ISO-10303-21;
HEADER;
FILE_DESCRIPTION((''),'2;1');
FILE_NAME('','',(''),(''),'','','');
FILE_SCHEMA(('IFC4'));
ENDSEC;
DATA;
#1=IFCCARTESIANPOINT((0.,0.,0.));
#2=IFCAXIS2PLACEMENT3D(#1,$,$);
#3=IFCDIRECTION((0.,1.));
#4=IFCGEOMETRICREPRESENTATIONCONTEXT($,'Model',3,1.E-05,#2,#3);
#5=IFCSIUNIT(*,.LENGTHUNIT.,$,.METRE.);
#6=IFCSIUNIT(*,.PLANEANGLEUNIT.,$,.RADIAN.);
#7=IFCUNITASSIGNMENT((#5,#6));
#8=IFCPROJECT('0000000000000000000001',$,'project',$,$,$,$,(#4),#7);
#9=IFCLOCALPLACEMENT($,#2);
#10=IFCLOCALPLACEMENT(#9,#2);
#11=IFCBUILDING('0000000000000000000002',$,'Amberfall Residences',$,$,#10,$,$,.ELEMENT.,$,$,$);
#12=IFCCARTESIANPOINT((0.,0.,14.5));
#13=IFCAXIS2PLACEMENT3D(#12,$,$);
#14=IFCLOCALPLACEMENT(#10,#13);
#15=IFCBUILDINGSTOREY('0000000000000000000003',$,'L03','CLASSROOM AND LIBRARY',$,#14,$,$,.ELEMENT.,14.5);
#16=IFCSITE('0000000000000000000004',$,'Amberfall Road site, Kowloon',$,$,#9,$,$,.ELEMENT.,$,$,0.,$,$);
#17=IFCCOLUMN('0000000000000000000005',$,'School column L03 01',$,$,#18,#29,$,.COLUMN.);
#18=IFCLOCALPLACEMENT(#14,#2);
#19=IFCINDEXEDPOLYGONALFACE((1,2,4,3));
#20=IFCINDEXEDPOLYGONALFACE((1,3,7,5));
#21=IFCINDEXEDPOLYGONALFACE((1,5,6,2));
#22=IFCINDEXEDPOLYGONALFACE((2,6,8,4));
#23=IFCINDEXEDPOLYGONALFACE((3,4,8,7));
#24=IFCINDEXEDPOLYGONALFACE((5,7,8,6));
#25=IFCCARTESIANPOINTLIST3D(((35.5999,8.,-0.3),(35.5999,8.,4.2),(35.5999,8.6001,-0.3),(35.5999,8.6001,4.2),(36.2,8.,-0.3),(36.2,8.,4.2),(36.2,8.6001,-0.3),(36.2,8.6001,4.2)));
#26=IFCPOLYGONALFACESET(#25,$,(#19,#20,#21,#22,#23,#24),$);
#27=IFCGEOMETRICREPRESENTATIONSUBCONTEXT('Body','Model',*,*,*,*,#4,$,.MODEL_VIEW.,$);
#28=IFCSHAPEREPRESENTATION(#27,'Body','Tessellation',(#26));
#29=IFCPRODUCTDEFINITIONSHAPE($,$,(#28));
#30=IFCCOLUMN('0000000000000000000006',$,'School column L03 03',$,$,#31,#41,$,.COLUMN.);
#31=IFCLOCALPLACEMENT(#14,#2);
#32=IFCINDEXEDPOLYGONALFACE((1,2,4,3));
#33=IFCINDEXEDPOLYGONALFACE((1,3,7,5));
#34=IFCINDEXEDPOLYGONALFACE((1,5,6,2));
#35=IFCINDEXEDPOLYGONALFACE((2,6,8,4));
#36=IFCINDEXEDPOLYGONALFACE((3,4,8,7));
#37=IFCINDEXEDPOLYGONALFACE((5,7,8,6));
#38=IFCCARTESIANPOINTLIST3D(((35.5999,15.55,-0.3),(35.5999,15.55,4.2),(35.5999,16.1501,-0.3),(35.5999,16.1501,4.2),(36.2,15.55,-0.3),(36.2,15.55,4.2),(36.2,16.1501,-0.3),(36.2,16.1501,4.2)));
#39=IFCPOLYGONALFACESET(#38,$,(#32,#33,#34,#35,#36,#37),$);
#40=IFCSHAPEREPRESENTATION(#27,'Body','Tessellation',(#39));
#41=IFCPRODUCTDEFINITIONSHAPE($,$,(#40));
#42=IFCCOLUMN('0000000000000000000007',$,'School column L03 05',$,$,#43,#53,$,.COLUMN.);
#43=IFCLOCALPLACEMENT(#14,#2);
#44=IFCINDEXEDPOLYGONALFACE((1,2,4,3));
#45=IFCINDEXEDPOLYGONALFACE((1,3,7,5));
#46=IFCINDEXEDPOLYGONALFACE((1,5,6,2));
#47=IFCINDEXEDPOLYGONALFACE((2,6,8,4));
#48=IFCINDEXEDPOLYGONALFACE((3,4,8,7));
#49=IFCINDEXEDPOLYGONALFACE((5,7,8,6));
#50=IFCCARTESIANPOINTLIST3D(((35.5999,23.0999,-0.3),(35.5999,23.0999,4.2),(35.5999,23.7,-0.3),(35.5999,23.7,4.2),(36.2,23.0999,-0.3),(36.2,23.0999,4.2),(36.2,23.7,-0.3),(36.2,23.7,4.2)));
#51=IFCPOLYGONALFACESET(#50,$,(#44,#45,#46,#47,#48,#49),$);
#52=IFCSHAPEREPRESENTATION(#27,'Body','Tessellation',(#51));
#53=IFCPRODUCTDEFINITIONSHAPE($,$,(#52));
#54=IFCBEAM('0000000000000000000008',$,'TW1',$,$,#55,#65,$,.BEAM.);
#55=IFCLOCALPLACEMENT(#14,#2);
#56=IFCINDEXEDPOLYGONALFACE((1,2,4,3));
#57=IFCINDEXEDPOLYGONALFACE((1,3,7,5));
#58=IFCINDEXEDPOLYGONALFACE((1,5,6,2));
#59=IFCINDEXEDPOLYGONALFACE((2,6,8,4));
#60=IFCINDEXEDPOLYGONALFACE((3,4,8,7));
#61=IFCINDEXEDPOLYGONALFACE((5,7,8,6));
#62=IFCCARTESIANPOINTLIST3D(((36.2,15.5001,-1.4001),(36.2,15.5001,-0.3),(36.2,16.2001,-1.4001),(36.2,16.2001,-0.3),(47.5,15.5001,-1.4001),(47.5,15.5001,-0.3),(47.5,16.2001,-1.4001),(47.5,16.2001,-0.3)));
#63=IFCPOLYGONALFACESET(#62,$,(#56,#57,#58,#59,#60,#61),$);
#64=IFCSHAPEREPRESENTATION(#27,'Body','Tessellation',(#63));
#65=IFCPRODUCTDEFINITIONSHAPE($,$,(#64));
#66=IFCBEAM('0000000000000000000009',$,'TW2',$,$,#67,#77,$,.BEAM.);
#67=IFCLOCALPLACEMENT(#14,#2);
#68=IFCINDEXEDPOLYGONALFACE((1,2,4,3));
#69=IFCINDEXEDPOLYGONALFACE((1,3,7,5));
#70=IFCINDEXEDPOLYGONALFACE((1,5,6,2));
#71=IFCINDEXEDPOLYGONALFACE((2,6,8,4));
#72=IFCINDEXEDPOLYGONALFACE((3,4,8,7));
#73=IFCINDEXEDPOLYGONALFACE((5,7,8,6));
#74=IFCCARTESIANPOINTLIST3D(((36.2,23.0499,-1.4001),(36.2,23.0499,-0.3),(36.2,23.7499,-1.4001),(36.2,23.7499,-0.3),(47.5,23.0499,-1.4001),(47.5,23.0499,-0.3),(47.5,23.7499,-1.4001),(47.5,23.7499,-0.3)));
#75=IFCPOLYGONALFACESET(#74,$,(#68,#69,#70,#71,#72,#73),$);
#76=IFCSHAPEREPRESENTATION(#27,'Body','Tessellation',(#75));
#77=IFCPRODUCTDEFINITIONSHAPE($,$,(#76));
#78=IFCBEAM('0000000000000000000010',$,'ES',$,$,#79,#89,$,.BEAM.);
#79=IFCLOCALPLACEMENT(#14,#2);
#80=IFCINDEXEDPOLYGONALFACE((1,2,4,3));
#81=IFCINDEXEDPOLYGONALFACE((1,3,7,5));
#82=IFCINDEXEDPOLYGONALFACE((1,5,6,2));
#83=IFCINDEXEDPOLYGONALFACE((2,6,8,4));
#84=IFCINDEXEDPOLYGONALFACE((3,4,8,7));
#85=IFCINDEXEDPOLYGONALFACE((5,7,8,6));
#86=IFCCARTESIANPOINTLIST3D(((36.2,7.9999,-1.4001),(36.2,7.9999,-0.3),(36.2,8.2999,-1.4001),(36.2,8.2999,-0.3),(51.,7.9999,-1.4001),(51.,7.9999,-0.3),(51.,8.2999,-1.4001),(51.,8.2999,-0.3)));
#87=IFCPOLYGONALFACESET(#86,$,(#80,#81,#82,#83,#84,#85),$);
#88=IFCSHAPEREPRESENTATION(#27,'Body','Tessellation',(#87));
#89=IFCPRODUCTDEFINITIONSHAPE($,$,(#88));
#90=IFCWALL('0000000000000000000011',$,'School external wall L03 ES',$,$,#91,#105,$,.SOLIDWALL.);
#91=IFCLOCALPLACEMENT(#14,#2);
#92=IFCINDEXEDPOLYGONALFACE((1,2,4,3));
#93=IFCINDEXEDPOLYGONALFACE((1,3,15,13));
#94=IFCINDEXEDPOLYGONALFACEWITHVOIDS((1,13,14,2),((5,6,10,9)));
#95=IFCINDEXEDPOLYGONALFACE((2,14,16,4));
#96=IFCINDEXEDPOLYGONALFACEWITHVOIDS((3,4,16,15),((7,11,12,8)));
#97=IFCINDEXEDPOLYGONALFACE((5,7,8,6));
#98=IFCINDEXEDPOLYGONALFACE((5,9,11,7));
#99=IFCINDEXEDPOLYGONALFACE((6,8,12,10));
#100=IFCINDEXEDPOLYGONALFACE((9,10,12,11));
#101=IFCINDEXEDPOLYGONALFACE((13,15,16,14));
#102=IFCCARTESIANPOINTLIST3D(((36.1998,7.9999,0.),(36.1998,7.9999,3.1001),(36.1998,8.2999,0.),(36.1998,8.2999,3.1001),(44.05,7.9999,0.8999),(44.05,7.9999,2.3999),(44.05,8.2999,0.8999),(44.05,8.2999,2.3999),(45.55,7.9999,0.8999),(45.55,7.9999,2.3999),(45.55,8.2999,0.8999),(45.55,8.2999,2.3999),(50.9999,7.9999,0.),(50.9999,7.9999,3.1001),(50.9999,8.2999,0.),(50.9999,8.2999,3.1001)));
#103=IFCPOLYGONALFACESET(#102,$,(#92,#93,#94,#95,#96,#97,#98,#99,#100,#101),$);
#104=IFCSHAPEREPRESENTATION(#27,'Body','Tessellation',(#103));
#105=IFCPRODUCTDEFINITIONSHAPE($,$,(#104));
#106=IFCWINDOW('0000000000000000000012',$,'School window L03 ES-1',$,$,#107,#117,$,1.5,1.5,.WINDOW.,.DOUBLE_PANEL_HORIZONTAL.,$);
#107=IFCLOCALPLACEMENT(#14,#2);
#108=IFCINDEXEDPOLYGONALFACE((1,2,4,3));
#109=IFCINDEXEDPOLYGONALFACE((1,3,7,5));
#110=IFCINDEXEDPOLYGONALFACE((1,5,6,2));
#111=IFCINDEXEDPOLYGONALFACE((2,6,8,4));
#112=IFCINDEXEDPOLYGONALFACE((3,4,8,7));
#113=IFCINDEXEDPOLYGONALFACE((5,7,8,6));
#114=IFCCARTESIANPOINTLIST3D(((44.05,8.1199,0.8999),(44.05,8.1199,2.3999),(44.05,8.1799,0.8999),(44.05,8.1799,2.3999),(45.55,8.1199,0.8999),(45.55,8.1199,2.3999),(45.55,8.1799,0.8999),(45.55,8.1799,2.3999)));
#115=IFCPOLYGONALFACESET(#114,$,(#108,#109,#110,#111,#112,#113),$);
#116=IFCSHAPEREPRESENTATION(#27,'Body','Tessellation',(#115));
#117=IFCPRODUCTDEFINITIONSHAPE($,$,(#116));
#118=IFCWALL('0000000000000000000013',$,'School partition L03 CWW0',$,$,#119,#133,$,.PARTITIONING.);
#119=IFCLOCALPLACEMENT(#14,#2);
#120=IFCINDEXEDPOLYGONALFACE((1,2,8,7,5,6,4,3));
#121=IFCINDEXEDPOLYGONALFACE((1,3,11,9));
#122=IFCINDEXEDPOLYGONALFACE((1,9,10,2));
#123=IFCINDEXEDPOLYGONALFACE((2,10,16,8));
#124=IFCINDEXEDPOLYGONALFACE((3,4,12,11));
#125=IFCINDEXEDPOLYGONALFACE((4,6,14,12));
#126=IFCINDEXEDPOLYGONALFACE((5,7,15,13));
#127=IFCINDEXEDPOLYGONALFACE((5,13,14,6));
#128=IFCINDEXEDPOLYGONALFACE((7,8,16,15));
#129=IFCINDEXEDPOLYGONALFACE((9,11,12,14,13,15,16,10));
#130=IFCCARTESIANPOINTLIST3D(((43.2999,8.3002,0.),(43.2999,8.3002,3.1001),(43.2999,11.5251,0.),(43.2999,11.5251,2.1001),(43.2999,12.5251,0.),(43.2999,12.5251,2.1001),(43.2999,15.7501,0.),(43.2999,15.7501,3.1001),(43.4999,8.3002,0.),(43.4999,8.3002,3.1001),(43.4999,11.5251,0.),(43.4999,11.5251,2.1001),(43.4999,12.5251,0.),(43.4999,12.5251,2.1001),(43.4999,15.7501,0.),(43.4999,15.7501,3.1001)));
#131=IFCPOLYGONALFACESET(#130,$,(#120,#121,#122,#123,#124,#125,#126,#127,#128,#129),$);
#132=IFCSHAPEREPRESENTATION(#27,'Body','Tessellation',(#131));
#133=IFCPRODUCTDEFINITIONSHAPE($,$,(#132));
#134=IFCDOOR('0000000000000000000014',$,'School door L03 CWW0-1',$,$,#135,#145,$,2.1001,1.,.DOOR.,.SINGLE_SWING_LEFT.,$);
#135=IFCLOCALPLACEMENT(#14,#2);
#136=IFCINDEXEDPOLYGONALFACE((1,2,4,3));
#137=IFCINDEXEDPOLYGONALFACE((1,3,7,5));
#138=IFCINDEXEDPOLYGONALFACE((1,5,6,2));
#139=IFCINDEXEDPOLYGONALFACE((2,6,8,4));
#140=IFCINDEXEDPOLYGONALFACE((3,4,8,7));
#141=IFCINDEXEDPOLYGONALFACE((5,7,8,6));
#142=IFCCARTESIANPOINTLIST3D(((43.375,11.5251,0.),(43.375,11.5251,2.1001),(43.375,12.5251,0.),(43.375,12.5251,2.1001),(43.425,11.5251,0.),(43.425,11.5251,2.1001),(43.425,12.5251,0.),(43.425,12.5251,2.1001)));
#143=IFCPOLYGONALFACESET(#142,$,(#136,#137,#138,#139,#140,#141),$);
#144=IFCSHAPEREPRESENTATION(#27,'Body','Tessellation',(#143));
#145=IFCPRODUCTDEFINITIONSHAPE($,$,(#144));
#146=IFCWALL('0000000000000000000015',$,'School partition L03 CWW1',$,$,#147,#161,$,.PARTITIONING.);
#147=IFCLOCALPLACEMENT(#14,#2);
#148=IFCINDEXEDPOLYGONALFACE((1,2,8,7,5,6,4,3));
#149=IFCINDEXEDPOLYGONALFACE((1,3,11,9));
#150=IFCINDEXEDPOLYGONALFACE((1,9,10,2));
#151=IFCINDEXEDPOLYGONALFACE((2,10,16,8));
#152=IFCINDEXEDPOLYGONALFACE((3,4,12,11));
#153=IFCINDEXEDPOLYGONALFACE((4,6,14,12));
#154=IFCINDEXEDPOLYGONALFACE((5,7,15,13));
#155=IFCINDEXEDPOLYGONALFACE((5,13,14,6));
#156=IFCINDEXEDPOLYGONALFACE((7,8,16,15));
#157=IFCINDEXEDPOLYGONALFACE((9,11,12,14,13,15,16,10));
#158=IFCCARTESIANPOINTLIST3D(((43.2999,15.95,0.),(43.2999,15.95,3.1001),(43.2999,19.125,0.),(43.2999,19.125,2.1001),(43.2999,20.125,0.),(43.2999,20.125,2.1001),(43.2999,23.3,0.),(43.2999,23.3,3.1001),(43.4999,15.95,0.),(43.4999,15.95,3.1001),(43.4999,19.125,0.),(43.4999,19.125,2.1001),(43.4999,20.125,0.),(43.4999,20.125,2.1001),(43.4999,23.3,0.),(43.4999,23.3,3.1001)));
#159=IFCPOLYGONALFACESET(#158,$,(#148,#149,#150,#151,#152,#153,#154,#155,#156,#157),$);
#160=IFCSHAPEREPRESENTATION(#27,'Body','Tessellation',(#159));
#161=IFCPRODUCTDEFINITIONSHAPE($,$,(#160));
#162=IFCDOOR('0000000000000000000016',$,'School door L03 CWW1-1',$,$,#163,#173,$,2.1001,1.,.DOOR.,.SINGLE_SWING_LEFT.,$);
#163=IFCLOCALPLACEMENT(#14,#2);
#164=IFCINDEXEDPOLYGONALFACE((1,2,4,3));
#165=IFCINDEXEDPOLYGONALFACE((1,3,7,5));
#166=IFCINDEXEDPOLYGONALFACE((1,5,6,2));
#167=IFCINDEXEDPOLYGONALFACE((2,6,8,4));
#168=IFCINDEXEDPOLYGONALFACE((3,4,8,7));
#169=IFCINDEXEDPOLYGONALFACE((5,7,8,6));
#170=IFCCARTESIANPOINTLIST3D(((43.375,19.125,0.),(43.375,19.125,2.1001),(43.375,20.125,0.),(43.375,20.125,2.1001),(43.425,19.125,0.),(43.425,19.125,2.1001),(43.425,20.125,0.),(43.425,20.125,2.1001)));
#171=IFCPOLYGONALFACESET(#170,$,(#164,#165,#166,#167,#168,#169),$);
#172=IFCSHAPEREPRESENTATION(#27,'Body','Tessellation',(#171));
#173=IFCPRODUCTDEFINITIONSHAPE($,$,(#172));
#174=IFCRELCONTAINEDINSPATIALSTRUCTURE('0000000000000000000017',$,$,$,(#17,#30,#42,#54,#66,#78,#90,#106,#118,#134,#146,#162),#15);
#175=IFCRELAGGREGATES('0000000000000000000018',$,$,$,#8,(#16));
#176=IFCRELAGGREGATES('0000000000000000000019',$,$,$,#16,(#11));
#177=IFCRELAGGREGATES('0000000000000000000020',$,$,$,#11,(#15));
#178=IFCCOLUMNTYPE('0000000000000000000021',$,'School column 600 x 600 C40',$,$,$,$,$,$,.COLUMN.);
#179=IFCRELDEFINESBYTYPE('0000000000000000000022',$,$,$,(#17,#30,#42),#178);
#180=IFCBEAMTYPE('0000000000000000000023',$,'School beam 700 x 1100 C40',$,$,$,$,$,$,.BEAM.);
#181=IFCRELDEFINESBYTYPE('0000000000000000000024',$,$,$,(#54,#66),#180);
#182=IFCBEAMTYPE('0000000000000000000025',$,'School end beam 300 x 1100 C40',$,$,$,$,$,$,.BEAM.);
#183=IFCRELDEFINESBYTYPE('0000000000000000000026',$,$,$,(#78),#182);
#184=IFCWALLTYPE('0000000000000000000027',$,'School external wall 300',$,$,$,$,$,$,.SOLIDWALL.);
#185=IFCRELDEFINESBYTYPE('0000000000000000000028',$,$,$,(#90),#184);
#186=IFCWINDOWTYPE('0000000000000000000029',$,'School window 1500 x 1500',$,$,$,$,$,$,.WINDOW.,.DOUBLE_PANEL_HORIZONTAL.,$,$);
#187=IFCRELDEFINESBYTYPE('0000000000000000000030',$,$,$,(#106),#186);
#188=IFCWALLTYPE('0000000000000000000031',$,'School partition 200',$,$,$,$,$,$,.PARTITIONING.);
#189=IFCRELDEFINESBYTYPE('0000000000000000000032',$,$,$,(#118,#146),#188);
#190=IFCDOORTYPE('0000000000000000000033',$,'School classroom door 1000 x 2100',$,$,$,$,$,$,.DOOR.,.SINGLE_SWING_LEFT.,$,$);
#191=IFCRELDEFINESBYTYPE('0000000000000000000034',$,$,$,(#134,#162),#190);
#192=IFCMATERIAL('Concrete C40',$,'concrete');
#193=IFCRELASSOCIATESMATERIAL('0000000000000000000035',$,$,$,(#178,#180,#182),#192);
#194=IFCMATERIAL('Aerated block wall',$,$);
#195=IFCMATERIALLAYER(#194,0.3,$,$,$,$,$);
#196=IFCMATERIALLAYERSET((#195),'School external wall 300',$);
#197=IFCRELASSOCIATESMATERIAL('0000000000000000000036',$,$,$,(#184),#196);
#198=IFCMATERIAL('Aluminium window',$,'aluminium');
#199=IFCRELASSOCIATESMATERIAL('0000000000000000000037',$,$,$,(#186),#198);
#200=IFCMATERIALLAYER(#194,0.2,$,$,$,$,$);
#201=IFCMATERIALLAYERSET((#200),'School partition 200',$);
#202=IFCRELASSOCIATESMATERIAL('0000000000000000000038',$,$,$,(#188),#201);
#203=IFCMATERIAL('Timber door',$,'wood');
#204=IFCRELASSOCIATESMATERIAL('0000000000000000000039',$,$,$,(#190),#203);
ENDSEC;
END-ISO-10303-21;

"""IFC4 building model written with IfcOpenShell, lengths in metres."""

from ifc_helpers import new_model, si_unit, direction, frame, frame_2d, origin, origin_2d, place, context, subcontext, project, spatial, rectangle, extrude, material, layer, layer_set, material_profile, profile_set, type_object, element, fill, save


model = new_model("IFC4")

# Units and contexts
model_context = context("Model", 3, precision=1e-05, world=origin(), true_north=direction((0.0, 1.0)))
body_context = subcontext(model_context, "Body", "Model", "MODEL_VIEW")
ifc_project = project(units=[si_unit("LENGTHUNIT", "METRE"), si_unit("PLANEANGLEUNIT", "RADIAN")], contexts=[model_context])

# Site, building, storey
site_placement = place(None, origin())
site = spatial("IfcSite", under=ifc_project, at=site_placement, Name="Amberfall Road site, Kowloon", CompositionType="ELEMENT", RefElevation=0.0)
building_placement = place(site_placement, origin())
building = spatial("IfcBuilding", under=site, at=building_placement, Name="Amberfall Residences", CompositionType="ELEMENT")
storey_placement = place(building_placement, frame((0.0, 0.0, 14.5)))
storey = spatial("IfcBuildingStorey", under=building, at=storey_placement, Name="L03", Description="CLASSROOM AND LIBRARY", CompositionType="ELEMENT", Elevation=14.5)

# Columns
ifc_material_1 = material(Name="Concrete C40", Category="concrete")
ifc_material_profile_1 = material_profile(ifc_material_1, rectangle(XDim=0.6001, YDim=0.6001, at=origin_2d()), Name="School column 600 x 600 C40")
ifc_profile_set_1 = profile_set([ifc_material_profile_1], Name="Concrete C40")
column_type = type_object("IfcColumnType", Name="School column 600 x 600 C40", PredefinedType="COLUMN", material=ifc_profile_set_1)
for number, where, z_axis, x_axis, name in (
    (1, (35.8999, 8.3, -0.3), (0.0, 0.0, 1.0), (1.0, 0.0, 0.0), "School column L03 01"),
    (2, (35.8999, 15.8501, -0.3), (0.0, 0.0, 1.0), (1.0, 0.0, 0.0), "School column L03 03"),
    (3, (35.8999, 23.3999, -0.3), (0.0, 0.0, 1.0), (1.0, 0.0, 0.0), "School column L03 05"),
):
    element("IfcColumn", number, at=place(storey_placement, frame(where, z_axis=z_axis, x_axis=x_axis)), inside=storey, type_object=column_type, Name=name, PredefinedType="COLUMN", context=body_context, shape_type="SweptSolid", body=[
        extrude(rectangle(XDim=0.6001, YDim=0.6001, at=origin_2d()), origin(), (0.0, 0.0, 1.0), 4.5),
    ])

# Beams
ifc_material_profile_2 = material_profile(ifc_material_1, rectangle(XDim=0.7, YDim=1.1001, at=origin_2d()), Name="School beam 700 x 1100 C40")
ifc_profile_set_2 = profile_set([ifc_material_profile_2], Name="Concrete C40")
beam_type_1 = type_object("IfcBeamType", Name="School beam 700 x 1100 C40", PredefinedType="BEAM", material=ifc_profile_set_2)
for number, where, z_axis, x_axis, name in (
    (4, (36.2, 15.8501, -0.8501), (1.0, 0.0, 0.0), (0.0, 1.0, 0.0), "TW1"),
    (5, (36.2, 23.3999, -0.8501), (1.0, 0.0, 0.0), (0.0, 1.0, 0.0), "TW2"),
):
    element("IfcBeam", number, at=place(storey_placement, frame(where, z_axis=z_axis, x_axis=x_axis)), inside=storey, type_object=beam_type_1, Name=name, PredefinedType="BEAM", context=body_context, shape_type="SweptSolid", body=[
        extrude(rectangle(XDim=0.7, YDim=1.1001, at=origin_2d()), origin(), (0.0, 0.0, 1.0), 11.3),
    ])
ifc_material_profile_3 = material_profile(ifc_material_1, rectangle(XDim=0.3, YDim=1.1001, at=origin_2d()), Name="School end beam 300 x 1100 C40")
ifc_profile_set_3 = profile_set([ifc_material_profile_3], Name="Concrete C40")
beam_type_2 = type_object("IfcBeamType", Name="School end beam 300 x 1100 C40", PredefinedType="BEAM", material=ifc_profile_set_3)
beam_placement = place(storey_placement, frame((36.2, 8.1499, -0.8501), z_axis=(1.0, 0.0, 0.0), x_axis=(0.0, 1.0, 0.0)))
element("IfcBeam", 6, at=beam_placement, inside=storey, type_object=beam_type_2, Name="ES", PredefinedType="BEAM", context=body_context, shape_type="SweptSolid", body=[
    extrude(rectangle(XDim=0.3, YDim=1.1001, at=origin_2d()), origin(), (0.0, 0.0, 1.0), 14.8),
])

# Wall, opening, window
ifc_material_2 = material(Name="Aerated block wall")
ifc_layer_1 = layer(ifc_material_2, 0.3)
ifc_layer_set_1 = layer_set([ifc_layer_1], Name="School external wall 300")
wall_type_1 = type_object("IfcWallType", Name="School external wall 300", PredefinedType="SOLIDWALL", material=ifc_layer_set_1)
wall_1_placement = place(storey_placement, frame((36.2, 8.1499, 0.0), z_axis=(0.0, 0.0, 1.0), x_axis=(1.0, 0.0, 0.0)))
wall_1 = element("IfcWall", 7, at=wall_1_placement, inside=storey, type_object=wall_type_1, Name="School external wall L03 ES", PredefinedType="SOLIDWALL", context=body_context, shape_type="SweptSolid", body=[
    extrude(rectangle(XDim=14.8, YDim=0.3, at=frame_2d((7.3999, 0.0))), origin(), (0.0, 0.0, 1.0), 3.1001),
])
opening_1_placement = place(wall_1_placement, frame((7.8501, 0.0, 0.8999)))
opening_1 = element("IfcOpeningElement", 8, at=opening_1_placement, cuts=wall_1, PredefinedType="OPENING", context=body_context, shape_type="SweptSolid", body=[
    extrude(rectangle(XDim=1.5, YDim=1.5, at=frame_2d((0.75, 0.75))), frame((0.0, 0.1599, 0.0), z_axis=(0.0, -1.0, 0.0), x_axis=(1.0, 0.0, 0.0)), (0.0, 0.0, 1.0), 0.3201),
])
ifc_material_3 = material(Name="Aluminium window", Category="aluminium")
window_type = type_object("IfcWindowType", Name="School window 1500 x 1500", PartitioningType="DOUBLE_PANEL_HORIZONTAL", PredefinedType="WINDOW", material=ifc_material_3)
window_placement = place(opening_1_placement, origin())
window = element("IfcWindow", 9, at=window_placement, inside=storey, type_object=window_type, Name="School window L03 ES-1", OverallHeight=1.5, OverallWidth=1.5, PartitioningType="DOUBLE_PANEL_HORIZONTAL", PredefinedType="WINDOW", context=body_context, shape_type="SweptSolid", body=[
    extrude(rectangle(XDim=1.5, YDim=1.5, at=frame_2d((0.75, 0.75))), frame((0.0, 0.03, 0.0), z_axis=(0.0, -1.0, 0.0), x_axis=(1.0, 0.0, 0.0)), (0.0, 0.0, 1.0), 0.0601),
])
fill(opening_1, window)

# Walls, openings, doors
ifc_layer_2 = layer(ifc_material_2, 0.2)
ifc_layer_set_2 = layer_set([ifc_layer_2], Name="School partition 200")
wall_type_2 = type_object("IfcWallType", Name="School partition 200", PredefinedType="PARTITIONING", material=ifc_layer_set_2)
wall_2_placement = place(storey_placement, frame((43.3999, 8.3, 0.0), z_axis=(0.0, 0.0, 1.0), x_axis=(0.0, 1.0, 0.0)))
wall_2 = element("IfcWall", 10, at=wall_2_placement, inside=storey, type_object=wall_type_2, Name="School partition L03 CWW0", PredefinedType="PARTITIONING", context=body_context, shape_type="SweptSolid", body=[
    extrude(rectangle(XDim=7.45, YDim=0.2, at=frame_2d((3.7251, 0.0))), origin(), (0.0, 0.0, 1.0), 3.1001),
])
opening_2_placement = place(wall_2_placement, frame((3.2251, 0.0, 0.0)))
opening_2 = element("IfcOpeningElement", 11, at=opening_2_placement, cuts=wall_2, PredefinedType="OPENING", context=body_context, shape_type="SweptSolid", body=[
    extrude(rectangle(XDim=1.0, YDim=2.1001, at=frame_2d((0.5, 1.05))), frame((0.0, 0.1099, 0.0), z_axis=(0.0, -1.0, 0.0), x_axis=(1.0, 0.0, 0.0)), (0.0, 0.0, 1.0), 0.22),
])
ifc_material_4 = material(Name="Timber door", Category="wood")
door_type_1 = type_object("IfcDoorType", Name="School classroom door 1000 x 2100", OperationType="SINGLE_SWING_LEFT", PredefinedType="DOOR", material=ifc_material_4)
door_1_placement = place(opening_2_placement, origin())
door_1 = element("IfcDoor", 12, at=door_1_placement, inside=storey, type_object=door_type_1, Name="School door L03 CWW0-1", OperationType="SINGLE_SWING_LEFT", OverallHeight=2.1001, OverallWidth=1.0, PredefinedType="DOOR", context=body_context, shape_type="SweptSolid", body=[
    extrude(rectangle(XDim=1.0, YDim=2.1001, at=frame_2d((0.5, 1.05))), frame((0.0, 0.0249, 0.0), z_axis=(0.0, -1.0, 0.0), x_axis=(1.0, 0.0, 0.0)), (0.0, 0.0, 1.0), 0.05),
])
fill(opening_2, door_1)
wall_3_placement = place(storey_placement, frame((43.3999, 15.95, 0.0), z_axis=(0.0, 0.0, 1.0), x_axis=(0.0, 1.0, 0.0)))
wall_3 = element("IfcWall", 13, at=wall_3_placement, inside=storey, type_object=wall_type_2, Name="School partition L03 CWW1", PredefinedType="PARTITIONING", context=body_context, shape_type="SweptSolid", body=[
    extrude(rectangle(XDim=7.3501, YDim=0.2, at=frame_2d((3.675, 0.0))), origin(), (0.0, 0.0, 1.0), 3.1001),
])
opening_3_placement = place(wall_3_placement, frame((3.175, 0.0, 0.0)))
opening_3 = element("IfcOpeningElement", 14, at=opening_3_placement, cuts=wall_3, PredefinedType="OPENING", context=body_context, shape_type="SweptSolid", body=[
    extrude(rectangle(XDim=1.0, YDim=2.1001, at=frame_2d((0.5, 1.05))), frame((0.0, 0.1099, 0.0), z_axis=(0.0, -1.0, 0.0), x_axis=(1.0, 0.0, 0.0)), (0.0, 0.0, 1.0), 0.22),
])
door_2_placement = place(opening_3_placement, origin())
door_2 = element("IfcDoor", 15, at=door_2_placement, inside=storey, type_object=door_type_1, Name="School door L03 CWW1-1", OperationType="SINGLE_SWING_LEFT", OverallHeight=2.1001, OverallWidth=1.0, PredefinedType="DOOR", context=body_context, shape_type="SweptSolid", body=[
    extrude(rectangle(XDim=1.0, YDim=2.1001, at=frame_2d((0.5, 1.05))), frame((0.0, 0.0249, 0.0), z_axis=(0.0, -1.0, 0.0), x_axis=(1.0, 0.0, 0.0)), (0.0, 0.0, 1.0), 0.05),
])
fill(opening_3, door_2)

save(model, "model.ifc")
